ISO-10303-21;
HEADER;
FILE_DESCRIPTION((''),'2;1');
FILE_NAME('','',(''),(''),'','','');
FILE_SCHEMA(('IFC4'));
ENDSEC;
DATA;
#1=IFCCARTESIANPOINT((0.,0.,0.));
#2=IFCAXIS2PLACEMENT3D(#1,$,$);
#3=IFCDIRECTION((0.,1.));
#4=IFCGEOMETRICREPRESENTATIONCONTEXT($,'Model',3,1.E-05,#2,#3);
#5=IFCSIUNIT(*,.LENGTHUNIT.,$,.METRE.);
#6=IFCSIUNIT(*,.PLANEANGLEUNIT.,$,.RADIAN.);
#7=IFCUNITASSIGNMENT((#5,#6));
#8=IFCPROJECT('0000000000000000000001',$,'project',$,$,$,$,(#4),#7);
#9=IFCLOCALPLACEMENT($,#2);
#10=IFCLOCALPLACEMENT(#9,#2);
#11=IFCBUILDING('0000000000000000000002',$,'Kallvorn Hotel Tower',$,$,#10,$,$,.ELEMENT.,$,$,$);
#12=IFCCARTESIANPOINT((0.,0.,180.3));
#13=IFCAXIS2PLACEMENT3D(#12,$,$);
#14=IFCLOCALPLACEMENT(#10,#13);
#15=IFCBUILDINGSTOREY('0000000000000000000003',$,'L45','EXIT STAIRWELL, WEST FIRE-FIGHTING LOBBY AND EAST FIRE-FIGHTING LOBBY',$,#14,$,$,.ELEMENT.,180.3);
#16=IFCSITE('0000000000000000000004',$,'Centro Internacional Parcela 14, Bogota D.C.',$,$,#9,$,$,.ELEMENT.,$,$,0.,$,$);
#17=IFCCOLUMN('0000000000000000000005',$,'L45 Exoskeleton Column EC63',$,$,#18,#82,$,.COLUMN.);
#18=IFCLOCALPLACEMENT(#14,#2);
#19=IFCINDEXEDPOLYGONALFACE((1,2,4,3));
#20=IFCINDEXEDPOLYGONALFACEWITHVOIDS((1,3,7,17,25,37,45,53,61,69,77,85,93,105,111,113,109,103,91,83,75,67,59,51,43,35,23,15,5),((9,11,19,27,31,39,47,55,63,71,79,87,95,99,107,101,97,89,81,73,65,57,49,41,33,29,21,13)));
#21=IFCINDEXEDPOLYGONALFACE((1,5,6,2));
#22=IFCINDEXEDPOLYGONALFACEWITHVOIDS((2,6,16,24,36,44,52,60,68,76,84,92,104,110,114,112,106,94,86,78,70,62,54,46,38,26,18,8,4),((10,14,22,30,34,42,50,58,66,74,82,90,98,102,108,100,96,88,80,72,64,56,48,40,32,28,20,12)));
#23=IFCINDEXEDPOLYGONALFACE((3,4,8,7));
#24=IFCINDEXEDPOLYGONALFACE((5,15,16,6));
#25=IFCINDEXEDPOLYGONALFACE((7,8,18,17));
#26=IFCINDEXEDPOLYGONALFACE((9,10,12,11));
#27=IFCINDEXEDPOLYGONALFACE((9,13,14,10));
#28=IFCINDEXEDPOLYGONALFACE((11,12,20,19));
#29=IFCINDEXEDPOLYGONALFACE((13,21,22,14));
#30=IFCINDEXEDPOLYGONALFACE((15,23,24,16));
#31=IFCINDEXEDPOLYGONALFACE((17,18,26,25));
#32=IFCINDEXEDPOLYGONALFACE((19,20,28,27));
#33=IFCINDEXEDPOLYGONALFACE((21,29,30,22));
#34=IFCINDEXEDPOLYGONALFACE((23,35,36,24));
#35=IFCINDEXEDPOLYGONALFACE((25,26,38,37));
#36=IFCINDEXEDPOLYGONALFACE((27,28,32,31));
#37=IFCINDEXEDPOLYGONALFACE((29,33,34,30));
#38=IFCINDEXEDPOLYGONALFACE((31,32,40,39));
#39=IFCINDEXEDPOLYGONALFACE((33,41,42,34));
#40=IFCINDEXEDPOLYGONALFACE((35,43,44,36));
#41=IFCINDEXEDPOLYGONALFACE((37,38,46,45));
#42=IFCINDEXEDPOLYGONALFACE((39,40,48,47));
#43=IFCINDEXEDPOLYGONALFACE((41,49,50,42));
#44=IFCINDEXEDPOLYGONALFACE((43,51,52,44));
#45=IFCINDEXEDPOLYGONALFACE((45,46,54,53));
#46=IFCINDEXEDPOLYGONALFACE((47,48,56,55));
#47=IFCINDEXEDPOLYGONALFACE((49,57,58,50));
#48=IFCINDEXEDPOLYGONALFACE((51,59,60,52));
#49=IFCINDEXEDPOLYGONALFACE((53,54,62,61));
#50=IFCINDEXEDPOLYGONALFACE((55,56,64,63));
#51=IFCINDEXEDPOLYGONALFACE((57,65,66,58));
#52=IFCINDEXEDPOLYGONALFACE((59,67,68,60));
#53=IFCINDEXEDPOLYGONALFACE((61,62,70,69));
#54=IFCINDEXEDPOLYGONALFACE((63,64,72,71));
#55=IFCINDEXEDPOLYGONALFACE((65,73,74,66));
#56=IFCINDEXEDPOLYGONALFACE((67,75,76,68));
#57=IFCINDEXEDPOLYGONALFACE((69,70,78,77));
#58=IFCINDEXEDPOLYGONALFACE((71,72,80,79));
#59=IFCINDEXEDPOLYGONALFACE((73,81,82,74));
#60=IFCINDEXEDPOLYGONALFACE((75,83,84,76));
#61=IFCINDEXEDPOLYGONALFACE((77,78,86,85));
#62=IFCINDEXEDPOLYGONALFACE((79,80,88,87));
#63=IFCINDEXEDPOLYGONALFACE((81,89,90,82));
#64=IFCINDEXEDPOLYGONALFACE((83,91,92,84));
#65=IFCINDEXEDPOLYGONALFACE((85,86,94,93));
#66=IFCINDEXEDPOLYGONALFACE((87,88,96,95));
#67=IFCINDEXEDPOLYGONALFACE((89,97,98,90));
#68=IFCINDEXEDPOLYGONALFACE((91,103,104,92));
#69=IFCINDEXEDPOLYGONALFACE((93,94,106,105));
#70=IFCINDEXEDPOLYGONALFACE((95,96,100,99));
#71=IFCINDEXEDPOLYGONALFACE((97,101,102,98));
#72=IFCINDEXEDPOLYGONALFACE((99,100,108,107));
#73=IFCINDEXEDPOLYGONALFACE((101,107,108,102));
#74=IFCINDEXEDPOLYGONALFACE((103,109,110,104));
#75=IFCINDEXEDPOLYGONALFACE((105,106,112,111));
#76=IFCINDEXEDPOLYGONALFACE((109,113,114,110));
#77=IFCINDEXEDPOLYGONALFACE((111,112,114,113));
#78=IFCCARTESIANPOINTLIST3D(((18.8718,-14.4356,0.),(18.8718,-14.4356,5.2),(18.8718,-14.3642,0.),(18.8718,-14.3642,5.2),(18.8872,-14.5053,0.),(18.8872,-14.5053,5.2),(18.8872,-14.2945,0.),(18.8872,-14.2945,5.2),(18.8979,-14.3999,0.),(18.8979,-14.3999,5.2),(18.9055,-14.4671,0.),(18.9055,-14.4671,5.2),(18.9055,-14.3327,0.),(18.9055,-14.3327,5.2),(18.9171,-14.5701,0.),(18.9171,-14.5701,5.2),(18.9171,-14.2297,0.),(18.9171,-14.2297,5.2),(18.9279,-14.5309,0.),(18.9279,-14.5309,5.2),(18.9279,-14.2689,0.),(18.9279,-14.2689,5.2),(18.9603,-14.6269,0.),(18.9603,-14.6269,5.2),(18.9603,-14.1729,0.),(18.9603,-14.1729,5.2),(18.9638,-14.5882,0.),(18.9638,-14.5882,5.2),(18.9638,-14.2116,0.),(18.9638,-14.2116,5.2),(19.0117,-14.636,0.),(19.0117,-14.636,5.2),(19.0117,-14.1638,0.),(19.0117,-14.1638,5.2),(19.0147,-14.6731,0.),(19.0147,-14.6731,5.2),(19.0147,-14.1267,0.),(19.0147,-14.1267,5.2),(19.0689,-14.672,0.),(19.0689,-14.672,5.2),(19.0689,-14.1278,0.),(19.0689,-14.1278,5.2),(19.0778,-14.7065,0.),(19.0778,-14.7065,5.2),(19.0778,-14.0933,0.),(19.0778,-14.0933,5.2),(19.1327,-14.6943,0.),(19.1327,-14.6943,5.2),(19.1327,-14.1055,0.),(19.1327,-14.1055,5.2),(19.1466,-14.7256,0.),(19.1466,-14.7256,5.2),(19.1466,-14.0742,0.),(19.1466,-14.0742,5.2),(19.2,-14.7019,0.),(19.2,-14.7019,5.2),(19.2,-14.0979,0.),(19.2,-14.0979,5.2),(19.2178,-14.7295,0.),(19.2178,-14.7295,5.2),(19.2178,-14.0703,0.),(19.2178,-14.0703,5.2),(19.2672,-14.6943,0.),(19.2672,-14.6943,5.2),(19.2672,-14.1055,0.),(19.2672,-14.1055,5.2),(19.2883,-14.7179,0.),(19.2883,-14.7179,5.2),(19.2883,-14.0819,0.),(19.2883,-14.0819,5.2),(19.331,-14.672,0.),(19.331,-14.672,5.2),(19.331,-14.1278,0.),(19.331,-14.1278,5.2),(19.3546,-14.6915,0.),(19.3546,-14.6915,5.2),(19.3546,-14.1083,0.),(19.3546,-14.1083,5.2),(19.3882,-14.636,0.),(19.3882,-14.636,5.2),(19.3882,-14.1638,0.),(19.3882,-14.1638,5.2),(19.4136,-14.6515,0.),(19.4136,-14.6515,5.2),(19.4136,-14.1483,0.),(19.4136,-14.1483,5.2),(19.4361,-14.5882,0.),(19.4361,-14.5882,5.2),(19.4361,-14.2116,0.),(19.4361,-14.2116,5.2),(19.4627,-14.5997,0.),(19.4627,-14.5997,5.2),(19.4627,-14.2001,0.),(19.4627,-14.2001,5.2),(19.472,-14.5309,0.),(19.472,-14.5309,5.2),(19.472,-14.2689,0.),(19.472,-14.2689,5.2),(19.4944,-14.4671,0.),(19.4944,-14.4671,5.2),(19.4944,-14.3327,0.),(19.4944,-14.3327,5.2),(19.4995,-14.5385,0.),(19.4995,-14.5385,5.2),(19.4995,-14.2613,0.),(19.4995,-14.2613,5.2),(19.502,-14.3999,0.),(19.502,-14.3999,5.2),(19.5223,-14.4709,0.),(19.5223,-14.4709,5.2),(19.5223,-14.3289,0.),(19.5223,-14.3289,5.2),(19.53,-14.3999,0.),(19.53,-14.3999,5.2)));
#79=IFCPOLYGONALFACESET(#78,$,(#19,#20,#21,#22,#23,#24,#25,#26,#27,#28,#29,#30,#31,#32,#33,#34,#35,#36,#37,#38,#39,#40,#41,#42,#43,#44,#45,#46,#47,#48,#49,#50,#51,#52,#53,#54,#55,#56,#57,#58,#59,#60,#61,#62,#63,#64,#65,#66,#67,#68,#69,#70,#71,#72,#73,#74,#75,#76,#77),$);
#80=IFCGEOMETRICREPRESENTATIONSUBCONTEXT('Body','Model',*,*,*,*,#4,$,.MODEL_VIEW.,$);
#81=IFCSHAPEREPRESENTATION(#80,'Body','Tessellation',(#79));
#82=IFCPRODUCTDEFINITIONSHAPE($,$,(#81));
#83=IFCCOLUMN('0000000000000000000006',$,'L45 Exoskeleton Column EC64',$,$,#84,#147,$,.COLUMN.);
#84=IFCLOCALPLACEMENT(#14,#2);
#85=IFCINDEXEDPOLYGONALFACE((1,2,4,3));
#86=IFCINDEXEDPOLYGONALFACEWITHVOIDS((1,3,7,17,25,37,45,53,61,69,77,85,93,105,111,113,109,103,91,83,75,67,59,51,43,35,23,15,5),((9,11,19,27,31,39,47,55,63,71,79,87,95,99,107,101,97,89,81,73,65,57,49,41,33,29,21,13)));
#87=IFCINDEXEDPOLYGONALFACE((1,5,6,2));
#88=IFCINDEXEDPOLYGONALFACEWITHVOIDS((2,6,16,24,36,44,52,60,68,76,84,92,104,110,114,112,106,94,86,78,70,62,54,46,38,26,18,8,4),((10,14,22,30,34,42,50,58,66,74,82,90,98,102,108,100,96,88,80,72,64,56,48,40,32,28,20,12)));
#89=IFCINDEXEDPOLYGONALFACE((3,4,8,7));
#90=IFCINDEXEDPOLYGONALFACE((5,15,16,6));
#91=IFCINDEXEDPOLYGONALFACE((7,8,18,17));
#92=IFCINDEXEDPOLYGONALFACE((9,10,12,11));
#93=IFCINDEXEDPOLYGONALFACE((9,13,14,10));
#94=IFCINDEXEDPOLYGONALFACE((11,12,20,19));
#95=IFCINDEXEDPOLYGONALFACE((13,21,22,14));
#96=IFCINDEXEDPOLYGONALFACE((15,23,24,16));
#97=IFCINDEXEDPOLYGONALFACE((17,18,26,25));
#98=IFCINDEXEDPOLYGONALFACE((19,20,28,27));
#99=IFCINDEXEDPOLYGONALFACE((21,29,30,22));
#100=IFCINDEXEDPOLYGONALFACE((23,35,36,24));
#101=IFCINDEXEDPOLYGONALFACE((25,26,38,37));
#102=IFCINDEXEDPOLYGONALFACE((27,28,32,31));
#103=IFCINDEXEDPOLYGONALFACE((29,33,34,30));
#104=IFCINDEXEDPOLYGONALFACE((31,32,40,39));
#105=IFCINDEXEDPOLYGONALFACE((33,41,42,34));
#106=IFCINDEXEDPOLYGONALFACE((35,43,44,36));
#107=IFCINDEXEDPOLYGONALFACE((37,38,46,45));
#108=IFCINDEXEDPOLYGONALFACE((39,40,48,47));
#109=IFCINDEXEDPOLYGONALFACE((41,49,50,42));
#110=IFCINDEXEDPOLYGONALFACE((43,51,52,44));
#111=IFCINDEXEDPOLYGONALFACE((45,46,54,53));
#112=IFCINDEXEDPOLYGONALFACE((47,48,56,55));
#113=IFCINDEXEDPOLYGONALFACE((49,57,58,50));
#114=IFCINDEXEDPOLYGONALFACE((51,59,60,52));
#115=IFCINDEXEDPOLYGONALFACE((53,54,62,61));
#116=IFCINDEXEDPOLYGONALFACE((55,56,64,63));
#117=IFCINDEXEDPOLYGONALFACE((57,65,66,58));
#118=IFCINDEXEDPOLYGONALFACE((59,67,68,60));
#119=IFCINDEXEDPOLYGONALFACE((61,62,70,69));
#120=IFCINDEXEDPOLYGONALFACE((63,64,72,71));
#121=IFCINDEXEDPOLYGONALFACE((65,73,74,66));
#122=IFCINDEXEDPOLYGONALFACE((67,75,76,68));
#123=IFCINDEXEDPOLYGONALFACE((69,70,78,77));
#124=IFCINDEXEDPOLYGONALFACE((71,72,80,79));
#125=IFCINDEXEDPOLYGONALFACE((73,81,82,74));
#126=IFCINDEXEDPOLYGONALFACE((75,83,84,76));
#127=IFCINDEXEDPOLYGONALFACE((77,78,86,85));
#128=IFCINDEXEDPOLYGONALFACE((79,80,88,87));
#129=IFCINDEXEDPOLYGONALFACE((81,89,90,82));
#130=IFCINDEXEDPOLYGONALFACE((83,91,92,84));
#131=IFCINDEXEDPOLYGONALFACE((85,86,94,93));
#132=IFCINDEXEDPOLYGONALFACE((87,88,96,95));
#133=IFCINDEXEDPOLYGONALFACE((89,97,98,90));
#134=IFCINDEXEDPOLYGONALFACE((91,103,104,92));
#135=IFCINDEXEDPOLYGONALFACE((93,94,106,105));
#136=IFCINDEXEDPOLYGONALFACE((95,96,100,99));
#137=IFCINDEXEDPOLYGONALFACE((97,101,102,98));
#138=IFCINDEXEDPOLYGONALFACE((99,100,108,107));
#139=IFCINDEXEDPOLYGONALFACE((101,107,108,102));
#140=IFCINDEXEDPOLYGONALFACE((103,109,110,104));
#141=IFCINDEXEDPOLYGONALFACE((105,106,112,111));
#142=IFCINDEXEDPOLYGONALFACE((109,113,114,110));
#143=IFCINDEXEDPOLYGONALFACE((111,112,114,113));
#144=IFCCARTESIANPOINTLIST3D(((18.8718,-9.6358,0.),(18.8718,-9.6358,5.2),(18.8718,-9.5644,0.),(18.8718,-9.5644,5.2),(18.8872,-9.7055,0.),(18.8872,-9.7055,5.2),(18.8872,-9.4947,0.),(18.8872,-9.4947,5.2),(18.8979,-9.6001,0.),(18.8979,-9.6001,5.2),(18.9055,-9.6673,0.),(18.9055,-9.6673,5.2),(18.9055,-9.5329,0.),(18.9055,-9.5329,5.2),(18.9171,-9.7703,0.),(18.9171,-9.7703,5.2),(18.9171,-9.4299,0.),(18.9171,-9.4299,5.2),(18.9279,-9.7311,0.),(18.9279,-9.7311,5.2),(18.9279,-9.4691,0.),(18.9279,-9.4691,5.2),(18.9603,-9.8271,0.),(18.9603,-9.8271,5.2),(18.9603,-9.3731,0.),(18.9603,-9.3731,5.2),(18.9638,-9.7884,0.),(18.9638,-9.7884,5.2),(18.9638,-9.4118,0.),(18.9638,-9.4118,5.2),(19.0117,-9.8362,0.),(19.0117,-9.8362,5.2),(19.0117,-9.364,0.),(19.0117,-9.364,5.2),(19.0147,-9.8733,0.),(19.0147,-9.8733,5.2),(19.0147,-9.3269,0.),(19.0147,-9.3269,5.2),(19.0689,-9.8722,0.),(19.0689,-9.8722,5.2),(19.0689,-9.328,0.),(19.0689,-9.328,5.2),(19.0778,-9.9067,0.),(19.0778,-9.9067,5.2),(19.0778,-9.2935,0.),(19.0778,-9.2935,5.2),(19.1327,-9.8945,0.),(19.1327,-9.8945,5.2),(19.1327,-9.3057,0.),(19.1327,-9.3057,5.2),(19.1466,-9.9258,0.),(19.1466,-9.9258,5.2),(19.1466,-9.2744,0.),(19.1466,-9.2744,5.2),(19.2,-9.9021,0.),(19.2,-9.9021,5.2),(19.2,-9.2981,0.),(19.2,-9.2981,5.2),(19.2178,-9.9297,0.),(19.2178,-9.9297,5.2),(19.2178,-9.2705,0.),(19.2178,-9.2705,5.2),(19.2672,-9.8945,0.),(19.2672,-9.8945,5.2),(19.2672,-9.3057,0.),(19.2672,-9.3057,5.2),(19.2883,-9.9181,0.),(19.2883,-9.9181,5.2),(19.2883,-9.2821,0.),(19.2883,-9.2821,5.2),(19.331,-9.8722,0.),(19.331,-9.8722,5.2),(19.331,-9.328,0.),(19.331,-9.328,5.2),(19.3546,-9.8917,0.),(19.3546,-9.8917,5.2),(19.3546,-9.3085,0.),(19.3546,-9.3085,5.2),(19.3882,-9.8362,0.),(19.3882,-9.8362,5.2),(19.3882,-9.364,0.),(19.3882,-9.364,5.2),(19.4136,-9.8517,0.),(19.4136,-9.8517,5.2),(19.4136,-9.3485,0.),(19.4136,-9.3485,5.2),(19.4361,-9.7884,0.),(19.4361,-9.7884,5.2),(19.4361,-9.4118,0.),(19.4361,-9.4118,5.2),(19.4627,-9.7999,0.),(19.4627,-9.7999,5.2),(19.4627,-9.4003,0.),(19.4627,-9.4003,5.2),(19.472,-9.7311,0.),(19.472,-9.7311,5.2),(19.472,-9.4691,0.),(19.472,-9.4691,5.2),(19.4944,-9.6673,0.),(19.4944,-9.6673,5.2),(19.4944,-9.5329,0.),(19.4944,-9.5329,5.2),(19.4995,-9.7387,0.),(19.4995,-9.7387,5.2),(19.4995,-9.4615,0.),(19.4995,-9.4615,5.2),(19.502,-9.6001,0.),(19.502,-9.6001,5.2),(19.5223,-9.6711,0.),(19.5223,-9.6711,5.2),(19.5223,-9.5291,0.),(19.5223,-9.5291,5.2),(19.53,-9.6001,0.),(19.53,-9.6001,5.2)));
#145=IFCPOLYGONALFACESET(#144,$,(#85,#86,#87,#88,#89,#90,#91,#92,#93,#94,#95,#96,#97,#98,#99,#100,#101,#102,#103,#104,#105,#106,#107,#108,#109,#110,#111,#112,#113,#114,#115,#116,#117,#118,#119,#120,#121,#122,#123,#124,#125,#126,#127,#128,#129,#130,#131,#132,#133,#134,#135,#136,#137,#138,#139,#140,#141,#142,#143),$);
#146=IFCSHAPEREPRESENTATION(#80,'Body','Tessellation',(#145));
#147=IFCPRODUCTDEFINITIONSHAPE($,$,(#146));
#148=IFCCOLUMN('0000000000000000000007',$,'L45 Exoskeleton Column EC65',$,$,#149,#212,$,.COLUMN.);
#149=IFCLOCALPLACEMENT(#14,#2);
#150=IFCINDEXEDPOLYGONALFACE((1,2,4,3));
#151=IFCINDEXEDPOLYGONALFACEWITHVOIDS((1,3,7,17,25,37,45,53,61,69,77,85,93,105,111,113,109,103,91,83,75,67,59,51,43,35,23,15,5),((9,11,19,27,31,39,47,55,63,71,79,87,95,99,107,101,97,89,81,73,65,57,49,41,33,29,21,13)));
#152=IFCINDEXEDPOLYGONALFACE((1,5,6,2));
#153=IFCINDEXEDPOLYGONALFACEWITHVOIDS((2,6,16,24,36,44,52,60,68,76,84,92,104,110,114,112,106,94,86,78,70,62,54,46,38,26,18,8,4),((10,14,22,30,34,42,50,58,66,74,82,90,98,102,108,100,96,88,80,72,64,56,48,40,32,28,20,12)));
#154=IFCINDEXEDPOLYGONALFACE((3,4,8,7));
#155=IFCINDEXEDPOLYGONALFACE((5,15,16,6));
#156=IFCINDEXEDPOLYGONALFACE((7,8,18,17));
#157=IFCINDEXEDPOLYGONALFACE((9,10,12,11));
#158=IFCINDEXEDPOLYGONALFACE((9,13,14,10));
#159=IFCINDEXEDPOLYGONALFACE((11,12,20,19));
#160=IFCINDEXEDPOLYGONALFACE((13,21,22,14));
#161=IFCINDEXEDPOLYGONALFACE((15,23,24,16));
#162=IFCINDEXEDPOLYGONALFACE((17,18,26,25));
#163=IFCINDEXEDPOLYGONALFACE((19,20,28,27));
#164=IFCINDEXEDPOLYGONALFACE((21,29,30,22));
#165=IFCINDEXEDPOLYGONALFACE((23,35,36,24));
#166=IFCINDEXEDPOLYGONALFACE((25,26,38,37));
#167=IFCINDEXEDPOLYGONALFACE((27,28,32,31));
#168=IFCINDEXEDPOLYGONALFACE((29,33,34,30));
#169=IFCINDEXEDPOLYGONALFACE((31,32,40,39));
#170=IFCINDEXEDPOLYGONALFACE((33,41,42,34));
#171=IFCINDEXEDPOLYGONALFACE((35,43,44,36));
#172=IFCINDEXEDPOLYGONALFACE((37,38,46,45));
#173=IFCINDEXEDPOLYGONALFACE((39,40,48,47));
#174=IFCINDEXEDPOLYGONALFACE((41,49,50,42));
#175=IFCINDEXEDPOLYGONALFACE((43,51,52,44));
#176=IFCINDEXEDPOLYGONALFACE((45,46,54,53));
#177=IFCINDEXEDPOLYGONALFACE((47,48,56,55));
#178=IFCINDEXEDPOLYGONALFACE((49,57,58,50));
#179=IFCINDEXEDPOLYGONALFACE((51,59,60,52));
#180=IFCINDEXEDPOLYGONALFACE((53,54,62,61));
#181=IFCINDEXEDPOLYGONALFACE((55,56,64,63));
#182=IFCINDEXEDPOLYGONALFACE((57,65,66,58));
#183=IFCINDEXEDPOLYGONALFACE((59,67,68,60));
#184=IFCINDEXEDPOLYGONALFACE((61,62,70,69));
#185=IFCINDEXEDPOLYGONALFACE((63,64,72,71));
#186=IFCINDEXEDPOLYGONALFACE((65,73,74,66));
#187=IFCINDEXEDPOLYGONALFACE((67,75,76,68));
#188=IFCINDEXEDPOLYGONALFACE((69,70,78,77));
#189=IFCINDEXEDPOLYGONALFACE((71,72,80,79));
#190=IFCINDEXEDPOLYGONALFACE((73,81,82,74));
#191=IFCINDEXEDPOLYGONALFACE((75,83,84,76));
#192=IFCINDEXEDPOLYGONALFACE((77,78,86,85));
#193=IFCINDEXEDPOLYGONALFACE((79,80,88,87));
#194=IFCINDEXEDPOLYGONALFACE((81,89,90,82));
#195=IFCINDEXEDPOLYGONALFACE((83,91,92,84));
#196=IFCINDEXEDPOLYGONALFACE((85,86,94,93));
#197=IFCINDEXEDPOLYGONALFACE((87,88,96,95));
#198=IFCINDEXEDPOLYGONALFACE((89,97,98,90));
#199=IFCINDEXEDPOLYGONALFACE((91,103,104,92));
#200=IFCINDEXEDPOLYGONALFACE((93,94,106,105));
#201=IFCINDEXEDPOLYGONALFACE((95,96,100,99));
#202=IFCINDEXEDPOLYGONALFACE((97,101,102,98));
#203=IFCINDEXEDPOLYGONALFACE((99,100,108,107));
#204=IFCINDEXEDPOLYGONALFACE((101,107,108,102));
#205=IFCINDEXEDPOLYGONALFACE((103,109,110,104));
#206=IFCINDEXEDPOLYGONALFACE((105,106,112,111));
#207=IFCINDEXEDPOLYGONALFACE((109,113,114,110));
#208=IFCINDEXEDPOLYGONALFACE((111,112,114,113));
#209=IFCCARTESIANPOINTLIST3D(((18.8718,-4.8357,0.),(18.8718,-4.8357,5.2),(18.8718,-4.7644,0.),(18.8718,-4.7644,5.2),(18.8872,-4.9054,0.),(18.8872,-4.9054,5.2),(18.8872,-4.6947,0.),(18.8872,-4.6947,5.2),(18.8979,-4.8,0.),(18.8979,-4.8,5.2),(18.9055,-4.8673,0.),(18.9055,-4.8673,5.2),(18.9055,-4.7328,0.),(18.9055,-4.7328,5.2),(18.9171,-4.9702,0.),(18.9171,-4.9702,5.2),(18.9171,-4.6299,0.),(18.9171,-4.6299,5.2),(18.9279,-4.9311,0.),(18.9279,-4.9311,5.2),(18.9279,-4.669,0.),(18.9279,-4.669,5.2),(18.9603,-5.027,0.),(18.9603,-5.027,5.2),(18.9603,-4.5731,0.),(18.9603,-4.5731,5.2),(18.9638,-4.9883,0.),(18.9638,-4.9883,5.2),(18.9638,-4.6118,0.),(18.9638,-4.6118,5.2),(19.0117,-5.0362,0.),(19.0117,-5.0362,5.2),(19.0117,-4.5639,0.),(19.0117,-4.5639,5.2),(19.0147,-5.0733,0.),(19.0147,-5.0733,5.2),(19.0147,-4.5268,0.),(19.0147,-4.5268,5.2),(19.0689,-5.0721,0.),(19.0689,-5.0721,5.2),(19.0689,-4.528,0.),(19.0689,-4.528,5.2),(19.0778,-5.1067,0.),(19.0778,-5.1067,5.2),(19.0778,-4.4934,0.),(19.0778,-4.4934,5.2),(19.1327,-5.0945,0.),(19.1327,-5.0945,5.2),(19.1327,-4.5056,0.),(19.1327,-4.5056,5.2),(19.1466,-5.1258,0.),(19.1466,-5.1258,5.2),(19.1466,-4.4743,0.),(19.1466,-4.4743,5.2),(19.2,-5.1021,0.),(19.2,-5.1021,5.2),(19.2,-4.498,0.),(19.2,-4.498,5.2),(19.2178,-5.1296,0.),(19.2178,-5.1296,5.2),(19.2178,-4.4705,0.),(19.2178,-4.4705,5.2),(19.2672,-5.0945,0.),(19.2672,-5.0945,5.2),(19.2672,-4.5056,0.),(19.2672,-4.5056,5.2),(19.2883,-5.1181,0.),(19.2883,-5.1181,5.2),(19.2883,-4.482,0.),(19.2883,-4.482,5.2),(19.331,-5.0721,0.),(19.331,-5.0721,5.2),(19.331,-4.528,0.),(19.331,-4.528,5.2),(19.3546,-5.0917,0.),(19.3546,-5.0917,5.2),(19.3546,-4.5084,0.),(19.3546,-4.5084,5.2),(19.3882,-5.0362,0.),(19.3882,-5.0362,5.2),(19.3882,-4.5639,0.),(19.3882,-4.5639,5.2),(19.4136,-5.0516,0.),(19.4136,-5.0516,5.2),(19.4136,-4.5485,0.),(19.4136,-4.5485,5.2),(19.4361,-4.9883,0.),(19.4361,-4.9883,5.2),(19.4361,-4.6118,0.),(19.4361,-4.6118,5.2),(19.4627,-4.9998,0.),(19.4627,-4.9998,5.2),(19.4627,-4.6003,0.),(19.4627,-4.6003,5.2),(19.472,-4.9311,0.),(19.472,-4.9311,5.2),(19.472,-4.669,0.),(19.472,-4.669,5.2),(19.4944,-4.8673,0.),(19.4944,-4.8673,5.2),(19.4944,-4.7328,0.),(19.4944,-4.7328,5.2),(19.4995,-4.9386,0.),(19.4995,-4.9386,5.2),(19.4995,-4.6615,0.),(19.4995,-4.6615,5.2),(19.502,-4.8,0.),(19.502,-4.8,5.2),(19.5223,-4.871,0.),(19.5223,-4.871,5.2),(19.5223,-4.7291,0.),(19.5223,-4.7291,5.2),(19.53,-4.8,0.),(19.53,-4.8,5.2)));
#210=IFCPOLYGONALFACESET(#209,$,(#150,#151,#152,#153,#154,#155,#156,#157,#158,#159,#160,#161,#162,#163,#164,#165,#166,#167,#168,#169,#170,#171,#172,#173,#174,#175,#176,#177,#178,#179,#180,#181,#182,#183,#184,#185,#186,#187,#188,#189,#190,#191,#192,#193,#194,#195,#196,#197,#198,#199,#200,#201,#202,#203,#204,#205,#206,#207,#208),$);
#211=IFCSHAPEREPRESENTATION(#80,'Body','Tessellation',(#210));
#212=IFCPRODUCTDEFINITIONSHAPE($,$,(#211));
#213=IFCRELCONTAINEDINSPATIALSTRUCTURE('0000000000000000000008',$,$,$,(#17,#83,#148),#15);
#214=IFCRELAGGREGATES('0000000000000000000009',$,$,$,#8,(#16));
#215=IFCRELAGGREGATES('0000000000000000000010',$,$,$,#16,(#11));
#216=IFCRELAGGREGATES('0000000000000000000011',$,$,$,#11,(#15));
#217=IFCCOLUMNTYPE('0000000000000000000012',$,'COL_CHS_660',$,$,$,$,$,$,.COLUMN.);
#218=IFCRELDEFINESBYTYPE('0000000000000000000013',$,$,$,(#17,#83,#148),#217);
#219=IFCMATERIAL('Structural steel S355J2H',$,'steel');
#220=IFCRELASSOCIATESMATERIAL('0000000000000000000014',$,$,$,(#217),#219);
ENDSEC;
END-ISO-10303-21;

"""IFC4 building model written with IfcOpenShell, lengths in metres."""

from ifc_helpers import new_model, si_unit, direction, frame, origin, origin_2d, place, context, subcontext, project, spatial, hollow_circle, extrude, material, material_profile, profile_set, type_object, element, save


model = new_model("IFC4")

# Units and contexts
model_context = context("Model", 3, precision=1e-05, world=origin(), true_north=direction((0.0, 1.0)))
body_context = subcontext(model_context, "Body", "Model", "MODEL_VIEW")
ifc_project = project(units=[si_unit("LENGTHUNIT", "METRE"), si_unit("PLANEANGLEUNIT", "RADIAN")], contexts=[model_context])

# Site, building, storey
site_placement = place(None, origin())
site = spatial("IfcSite", under=ifc_project, at=site_placement, Name="Centro Internacional Parcela 14, Bogota D.C.", CompositionType="ELEMENT", RefElevation=0.0)
building_placement = place(site_placement, origin())
building = spatial("IfcBuilding", under=site, at=building_placement, Name="Kallvorn Hotel Tower", CompositionType="ELEMENT")
storey_placement = place(building_placement, frame((0.0, 0.0, 180.3)))
storey = spatial("IfcBuildingStorey", under=building, at=storey_placement, Name="L45", Description="EXIT STAIRWELL, WEST FIRE-FIGHTING LOBBY AND EAST FIRE-FIGHTING LOBBY", CompositionType="ELEMENT", Elevation=180.3)

# Columns
ifc_material_1 = material(Name="Structural steel S355J2H", Category="steel")
ifc_material_profile_1 = material_profile(ifc_material_1, hollow_circle(Radius=0.3301, WallThickness=0.0281, at=origin_2d()), Name="CHS 660x28")
ifc_profile_set_1 = profile_set([ifc_material_profile_1], Name="Structural steel S355J2H")
column_type_1 = type_object("IfcColumnType", Name="COL_CHS_660", PredefinedType="COLUMN", material=ifc_profile_set_1)
for number, where, z_axis, x_axis, name in (
    (1, (19.2, -14.3999, 0.0), (0.0, 0.0, 1.0), (1.0, 0.0, 0.0), "L45 Exoskeleton Column EC63"),
    (2, (19.2, -9.6001, 0.0), (0.0, 0.0, 1.0), (1.0, 0.0, 0.0), "L45 Exoskeleton Column EC64"),
    (3, (19.2, -4.8, 0.0), (0.0, 0.0, 1.0), (1.0, 0.0, 0.0), "L45 Exoskeleton Column EC65"),
):
    element("IfcColumn", number, at=place(storey_placement, frame(where, z_axis=z_axis, x_axis=x_axis)), inside=storey, type_object=column_type_1, Name=name, PredefinedType="COLUMN", context=body_context, shape_type="SweptSolid", body=[
        extrude(hollow_circle(Radius=0.3301, WallThickness=0.0281, at=origin_2d()), origin(), (0.0, 0.0, 1.0), 5.2),
    ])

save(model, "model.ifc")
